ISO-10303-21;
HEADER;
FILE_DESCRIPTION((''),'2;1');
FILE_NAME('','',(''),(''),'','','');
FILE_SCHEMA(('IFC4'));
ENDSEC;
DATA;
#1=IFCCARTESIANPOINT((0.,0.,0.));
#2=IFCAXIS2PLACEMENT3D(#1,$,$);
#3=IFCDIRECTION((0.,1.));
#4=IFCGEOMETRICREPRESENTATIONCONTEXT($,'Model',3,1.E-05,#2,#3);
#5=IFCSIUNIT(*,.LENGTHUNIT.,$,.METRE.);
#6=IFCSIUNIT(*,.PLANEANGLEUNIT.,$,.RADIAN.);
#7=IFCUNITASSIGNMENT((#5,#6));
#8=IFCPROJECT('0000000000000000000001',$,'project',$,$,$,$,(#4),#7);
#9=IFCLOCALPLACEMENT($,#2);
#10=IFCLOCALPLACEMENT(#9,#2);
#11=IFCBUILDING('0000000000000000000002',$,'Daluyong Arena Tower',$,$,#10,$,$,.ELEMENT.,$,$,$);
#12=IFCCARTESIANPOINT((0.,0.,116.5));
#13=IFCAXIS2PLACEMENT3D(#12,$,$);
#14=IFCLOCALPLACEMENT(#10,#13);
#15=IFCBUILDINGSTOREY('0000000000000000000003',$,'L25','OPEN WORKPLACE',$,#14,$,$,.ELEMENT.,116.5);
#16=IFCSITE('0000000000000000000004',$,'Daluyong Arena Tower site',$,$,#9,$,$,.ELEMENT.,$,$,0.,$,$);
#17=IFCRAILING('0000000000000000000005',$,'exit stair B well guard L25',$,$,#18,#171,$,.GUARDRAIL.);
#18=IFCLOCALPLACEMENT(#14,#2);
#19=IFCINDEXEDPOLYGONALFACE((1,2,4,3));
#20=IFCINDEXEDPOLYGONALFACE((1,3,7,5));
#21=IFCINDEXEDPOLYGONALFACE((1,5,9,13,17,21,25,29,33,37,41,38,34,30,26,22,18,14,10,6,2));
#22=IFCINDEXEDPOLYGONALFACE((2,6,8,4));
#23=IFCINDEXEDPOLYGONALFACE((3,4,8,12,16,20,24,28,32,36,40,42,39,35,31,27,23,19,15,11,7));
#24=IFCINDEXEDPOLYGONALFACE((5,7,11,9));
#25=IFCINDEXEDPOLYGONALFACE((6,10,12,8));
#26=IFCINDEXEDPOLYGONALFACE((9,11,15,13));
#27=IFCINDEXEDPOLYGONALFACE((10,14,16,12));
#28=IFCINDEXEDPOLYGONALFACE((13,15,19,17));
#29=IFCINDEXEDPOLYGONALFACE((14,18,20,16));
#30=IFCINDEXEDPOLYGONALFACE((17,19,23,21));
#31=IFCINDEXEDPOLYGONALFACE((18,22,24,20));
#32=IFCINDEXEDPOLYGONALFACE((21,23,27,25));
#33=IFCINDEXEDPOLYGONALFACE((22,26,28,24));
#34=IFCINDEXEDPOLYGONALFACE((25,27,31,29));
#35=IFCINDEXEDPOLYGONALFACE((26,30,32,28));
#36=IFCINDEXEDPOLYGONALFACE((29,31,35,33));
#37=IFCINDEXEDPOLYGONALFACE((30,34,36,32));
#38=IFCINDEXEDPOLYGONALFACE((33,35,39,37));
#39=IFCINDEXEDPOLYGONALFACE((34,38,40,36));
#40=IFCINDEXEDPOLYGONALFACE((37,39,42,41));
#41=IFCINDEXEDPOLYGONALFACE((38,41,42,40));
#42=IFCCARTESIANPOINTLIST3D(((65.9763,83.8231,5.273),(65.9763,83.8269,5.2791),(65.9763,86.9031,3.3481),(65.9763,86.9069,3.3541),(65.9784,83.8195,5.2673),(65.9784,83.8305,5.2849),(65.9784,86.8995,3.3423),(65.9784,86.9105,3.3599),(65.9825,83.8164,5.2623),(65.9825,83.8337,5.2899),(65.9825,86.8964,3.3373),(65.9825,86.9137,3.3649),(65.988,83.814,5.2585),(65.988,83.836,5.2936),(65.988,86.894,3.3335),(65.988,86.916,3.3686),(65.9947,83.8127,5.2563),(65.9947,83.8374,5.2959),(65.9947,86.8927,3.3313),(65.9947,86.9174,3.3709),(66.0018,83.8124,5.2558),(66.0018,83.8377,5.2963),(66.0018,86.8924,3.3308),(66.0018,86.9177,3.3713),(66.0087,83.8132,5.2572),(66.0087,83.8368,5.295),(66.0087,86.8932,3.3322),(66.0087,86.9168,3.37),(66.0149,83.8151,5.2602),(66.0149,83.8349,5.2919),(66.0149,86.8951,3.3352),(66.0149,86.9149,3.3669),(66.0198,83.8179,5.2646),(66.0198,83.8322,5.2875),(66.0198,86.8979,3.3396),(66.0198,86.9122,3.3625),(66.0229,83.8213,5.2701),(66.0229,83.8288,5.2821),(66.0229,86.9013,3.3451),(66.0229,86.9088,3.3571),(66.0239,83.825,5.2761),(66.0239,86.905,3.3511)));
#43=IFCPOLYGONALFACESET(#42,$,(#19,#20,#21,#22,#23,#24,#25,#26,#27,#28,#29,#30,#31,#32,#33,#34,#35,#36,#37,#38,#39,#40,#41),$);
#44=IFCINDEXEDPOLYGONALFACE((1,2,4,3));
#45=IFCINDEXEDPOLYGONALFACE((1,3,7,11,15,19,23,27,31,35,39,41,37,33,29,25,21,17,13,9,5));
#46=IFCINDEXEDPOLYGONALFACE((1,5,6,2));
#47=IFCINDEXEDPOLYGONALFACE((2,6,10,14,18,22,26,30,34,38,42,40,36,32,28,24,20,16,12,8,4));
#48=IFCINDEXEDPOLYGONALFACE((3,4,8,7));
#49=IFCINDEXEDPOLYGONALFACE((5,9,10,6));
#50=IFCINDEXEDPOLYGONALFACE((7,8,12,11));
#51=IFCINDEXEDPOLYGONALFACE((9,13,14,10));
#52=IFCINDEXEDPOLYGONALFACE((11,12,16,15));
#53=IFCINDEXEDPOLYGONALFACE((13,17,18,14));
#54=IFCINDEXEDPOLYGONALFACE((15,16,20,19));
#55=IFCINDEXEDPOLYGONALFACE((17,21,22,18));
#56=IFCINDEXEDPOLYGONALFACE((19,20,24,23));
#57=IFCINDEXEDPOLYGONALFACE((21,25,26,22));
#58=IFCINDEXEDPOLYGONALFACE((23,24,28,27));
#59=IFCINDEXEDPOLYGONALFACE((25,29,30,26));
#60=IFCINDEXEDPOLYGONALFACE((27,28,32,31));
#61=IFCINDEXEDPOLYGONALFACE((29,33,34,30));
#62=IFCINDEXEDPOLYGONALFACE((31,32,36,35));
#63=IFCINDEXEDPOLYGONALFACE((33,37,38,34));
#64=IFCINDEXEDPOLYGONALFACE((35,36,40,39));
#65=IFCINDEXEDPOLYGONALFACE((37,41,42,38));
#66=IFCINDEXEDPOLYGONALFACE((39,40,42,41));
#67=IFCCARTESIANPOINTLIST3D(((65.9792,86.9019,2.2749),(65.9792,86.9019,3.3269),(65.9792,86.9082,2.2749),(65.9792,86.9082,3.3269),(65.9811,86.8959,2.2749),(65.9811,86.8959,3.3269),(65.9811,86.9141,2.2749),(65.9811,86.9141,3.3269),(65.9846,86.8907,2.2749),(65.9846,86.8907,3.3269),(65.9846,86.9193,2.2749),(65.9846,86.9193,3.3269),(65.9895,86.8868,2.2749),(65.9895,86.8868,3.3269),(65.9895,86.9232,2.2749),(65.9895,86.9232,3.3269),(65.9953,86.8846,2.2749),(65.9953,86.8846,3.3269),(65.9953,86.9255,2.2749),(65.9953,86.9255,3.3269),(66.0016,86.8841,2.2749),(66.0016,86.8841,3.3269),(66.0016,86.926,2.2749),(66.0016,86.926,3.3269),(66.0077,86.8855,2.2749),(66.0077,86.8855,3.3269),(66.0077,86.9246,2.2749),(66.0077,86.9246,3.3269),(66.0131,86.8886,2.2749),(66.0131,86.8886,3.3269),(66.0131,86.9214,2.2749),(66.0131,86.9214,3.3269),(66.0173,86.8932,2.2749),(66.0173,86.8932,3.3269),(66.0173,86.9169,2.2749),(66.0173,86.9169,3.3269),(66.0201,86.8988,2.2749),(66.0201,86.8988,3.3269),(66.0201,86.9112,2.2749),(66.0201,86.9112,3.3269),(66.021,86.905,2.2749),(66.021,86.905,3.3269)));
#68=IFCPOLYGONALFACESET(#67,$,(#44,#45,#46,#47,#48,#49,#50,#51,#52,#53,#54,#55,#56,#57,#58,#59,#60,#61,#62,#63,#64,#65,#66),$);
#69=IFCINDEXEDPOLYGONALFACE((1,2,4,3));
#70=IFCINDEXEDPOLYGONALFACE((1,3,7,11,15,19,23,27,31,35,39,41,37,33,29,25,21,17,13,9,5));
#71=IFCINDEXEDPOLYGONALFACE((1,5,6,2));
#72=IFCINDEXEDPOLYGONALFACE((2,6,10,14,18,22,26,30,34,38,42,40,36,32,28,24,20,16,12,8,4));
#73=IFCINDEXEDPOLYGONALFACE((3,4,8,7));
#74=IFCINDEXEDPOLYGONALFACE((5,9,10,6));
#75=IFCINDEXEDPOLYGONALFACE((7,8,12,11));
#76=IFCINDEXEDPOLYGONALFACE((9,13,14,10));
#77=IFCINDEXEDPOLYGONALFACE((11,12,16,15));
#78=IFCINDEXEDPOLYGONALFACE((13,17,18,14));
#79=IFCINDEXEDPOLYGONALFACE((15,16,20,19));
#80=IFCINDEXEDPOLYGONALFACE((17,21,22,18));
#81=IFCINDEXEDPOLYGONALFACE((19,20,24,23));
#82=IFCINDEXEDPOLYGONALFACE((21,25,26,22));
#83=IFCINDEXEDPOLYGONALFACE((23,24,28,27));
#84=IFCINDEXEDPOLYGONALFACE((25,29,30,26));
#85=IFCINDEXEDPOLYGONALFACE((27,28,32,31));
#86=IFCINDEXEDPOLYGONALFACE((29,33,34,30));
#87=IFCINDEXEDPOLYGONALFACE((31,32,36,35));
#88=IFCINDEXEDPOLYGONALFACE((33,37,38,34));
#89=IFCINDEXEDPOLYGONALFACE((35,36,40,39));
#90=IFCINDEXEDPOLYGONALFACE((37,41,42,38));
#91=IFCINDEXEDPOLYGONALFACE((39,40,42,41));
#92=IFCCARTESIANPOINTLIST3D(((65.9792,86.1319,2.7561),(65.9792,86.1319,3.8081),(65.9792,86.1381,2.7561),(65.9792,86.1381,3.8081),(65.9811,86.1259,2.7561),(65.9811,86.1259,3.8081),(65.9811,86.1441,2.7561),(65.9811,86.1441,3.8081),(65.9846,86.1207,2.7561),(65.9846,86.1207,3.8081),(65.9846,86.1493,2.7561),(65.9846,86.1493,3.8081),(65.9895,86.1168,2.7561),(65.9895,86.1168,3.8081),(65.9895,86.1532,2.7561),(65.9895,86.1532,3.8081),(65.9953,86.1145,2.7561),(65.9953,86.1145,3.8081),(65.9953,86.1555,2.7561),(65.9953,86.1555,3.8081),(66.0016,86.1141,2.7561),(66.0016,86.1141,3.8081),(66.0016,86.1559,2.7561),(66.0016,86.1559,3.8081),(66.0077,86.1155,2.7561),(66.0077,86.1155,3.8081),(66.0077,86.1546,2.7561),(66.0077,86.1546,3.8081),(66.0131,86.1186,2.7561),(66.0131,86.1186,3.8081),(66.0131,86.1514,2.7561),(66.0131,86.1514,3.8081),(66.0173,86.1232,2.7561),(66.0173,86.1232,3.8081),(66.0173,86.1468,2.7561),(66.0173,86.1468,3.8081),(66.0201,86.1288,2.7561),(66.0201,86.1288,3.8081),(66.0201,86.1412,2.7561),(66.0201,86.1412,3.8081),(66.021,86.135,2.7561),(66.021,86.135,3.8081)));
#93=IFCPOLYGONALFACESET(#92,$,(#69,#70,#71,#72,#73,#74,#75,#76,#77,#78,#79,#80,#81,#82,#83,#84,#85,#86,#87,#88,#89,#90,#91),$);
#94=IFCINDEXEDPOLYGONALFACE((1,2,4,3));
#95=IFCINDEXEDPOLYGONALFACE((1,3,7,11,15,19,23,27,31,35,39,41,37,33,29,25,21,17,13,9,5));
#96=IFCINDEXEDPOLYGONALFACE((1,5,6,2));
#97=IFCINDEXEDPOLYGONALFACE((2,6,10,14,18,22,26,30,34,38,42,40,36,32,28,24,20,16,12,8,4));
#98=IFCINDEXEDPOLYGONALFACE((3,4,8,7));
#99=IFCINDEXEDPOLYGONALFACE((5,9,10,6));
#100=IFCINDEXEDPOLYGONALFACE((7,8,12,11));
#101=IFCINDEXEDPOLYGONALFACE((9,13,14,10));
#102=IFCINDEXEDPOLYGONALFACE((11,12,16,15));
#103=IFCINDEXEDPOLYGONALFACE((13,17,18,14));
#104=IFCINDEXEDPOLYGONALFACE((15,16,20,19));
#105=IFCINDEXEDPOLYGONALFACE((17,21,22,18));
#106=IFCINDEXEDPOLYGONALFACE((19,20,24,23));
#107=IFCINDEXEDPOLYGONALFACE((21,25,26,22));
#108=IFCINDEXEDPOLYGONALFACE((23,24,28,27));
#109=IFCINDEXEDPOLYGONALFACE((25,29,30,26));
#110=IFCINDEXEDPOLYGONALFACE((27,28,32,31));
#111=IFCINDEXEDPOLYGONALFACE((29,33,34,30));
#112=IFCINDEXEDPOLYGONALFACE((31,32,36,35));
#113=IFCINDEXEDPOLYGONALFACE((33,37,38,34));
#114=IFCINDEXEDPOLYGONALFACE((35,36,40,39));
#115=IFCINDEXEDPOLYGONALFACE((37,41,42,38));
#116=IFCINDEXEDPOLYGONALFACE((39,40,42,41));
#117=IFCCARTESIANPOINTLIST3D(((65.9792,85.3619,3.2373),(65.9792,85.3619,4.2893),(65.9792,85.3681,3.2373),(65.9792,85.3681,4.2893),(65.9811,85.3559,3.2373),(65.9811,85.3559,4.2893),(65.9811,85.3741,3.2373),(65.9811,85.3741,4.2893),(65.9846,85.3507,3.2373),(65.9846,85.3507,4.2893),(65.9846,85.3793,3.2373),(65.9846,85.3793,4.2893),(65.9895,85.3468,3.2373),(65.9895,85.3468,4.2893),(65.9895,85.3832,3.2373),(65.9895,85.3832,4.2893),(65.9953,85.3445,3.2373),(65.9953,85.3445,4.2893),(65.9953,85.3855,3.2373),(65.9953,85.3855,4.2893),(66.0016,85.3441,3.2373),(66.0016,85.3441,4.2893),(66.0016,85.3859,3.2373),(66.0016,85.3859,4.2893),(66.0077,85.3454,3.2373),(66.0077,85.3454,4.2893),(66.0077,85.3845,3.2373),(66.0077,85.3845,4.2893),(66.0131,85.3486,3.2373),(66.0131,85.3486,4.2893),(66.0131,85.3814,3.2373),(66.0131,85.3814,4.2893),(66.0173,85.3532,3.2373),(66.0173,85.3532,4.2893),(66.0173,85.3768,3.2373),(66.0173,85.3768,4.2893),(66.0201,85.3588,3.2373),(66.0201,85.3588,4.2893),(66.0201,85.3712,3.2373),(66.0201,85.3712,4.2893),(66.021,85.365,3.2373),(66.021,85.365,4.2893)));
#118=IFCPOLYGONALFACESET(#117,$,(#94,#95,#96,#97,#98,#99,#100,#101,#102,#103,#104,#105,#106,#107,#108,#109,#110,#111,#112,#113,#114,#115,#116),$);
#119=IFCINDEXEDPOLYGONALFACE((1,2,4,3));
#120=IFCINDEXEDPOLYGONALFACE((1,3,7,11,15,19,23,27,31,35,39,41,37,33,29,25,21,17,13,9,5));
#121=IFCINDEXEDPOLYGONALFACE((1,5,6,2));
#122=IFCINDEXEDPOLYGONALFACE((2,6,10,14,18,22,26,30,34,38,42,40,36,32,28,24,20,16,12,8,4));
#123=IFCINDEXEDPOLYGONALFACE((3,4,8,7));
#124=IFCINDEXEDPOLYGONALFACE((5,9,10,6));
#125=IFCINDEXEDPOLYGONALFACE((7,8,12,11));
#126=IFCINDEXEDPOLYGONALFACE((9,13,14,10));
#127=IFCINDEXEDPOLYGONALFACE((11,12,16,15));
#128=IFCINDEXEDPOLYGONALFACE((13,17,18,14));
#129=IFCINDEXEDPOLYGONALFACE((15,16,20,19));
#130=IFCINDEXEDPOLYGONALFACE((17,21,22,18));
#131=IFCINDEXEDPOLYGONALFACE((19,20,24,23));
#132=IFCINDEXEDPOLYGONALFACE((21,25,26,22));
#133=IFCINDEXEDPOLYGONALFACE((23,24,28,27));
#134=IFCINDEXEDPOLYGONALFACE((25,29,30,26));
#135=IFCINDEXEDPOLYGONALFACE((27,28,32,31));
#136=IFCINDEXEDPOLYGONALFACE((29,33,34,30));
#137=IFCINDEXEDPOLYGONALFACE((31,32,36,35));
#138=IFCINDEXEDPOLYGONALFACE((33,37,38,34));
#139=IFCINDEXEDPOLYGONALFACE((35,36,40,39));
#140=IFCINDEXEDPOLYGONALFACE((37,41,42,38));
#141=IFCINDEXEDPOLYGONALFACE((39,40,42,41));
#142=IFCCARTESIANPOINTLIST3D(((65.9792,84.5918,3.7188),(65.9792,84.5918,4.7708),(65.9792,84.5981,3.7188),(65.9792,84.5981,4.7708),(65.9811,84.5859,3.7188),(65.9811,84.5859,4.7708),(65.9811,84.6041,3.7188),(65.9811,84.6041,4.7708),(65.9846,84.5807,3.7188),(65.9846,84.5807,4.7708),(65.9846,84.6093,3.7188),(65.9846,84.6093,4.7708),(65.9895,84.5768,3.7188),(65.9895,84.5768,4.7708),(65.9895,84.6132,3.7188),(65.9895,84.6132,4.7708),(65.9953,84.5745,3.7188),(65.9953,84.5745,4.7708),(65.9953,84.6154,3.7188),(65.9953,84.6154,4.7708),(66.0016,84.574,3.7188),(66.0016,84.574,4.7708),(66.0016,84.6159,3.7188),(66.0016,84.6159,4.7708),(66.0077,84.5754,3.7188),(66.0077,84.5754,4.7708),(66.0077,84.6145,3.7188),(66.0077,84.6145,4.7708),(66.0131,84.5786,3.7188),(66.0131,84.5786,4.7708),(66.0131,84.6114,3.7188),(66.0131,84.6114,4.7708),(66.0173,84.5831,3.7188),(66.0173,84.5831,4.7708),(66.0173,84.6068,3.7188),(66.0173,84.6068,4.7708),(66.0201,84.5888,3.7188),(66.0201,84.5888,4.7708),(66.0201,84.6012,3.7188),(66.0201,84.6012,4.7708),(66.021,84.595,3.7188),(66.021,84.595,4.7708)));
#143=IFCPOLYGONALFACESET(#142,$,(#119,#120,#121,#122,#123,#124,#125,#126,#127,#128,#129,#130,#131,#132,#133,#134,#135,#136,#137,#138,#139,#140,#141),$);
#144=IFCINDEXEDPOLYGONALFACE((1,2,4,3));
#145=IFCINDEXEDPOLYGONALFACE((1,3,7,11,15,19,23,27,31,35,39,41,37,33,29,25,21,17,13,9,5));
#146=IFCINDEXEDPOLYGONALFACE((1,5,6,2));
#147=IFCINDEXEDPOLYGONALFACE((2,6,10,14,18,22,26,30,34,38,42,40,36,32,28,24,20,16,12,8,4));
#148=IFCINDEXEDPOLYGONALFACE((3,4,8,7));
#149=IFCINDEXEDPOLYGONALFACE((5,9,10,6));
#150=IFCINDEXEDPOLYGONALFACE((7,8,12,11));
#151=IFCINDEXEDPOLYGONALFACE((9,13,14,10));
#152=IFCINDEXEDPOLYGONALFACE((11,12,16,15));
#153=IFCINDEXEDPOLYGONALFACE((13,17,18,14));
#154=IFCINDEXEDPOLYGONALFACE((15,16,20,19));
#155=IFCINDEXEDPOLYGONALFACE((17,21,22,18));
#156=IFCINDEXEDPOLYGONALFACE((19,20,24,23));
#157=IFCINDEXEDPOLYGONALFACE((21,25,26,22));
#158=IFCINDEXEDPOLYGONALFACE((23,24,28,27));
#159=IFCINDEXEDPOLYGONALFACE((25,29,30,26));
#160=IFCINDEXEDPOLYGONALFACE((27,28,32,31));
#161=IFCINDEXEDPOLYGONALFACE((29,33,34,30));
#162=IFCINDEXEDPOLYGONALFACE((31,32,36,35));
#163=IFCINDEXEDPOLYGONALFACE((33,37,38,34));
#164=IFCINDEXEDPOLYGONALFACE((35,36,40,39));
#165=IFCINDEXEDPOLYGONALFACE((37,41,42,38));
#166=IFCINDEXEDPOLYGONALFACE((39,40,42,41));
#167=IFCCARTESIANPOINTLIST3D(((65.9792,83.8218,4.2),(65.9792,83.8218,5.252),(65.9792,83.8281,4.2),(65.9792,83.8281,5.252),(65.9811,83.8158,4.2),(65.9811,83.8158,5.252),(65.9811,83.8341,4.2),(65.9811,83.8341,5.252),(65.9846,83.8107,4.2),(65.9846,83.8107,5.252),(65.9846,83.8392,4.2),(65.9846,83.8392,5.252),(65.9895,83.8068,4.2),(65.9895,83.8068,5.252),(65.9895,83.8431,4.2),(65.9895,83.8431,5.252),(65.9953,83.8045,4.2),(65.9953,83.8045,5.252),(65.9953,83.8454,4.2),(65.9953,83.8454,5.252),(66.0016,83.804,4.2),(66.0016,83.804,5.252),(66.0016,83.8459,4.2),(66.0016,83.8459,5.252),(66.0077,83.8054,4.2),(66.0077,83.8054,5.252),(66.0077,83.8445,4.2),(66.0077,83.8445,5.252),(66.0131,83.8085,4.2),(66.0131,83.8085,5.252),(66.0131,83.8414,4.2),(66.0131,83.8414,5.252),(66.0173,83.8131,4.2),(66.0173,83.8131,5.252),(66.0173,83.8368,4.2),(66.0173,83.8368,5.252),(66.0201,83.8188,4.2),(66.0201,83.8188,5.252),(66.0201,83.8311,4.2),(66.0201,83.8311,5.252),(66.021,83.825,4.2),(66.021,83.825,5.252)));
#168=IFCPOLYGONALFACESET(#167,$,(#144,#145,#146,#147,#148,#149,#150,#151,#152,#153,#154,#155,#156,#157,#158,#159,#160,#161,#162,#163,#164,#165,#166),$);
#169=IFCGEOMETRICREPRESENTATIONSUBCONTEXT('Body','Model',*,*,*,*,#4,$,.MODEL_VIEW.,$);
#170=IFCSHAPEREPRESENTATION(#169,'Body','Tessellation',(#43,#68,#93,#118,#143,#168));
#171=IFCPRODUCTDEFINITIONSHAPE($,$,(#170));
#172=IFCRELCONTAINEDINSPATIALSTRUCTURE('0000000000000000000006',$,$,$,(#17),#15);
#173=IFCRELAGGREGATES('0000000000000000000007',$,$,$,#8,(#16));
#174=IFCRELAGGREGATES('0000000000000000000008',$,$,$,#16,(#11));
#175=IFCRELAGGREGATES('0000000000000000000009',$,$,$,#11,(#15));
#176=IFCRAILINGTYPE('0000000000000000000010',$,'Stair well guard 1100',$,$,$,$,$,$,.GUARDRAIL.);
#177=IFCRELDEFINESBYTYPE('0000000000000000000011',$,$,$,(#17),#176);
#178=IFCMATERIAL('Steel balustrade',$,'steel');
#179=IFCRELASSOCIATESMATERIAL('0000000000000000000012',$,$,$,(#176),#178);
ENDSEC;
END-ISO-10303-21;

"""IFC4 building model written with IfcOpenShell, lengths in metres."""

from ifc_helpers import new_model, si_unit, direction, frame, origin, origin_2d, place, context, subcontext, project, spatial, circle, extrude, material, type_object, element, save


model = new_model("IFC4")

# Units and contexts
model_context = context("Model", 3, precision=1e-05, world=origin(), true_north=direction((0.0, 1.0)))
body_context = subcontext(model_context, "Body", "Model", "MODEL_VIEW")
ifc_project = project(units=[si_unit("LENGTHUNIT", "METRE"), si_unit("PLANEANGLEUNIT", "RADIAN")], contexts=[model_context])

# Site, building, storey
site_placement = place(None, origin())
site = spatial("IfcSite", under=ifc_project, at=site_placement, Name="Daluyong Arena Tower site", CompositionType="ELEMENT", RefElevation=0.0)
building_placement = place(site_placement, origin())
building = spatial("IfcBuilding", under=site, at=building_placement, Name="Daluyong Arena Tower", CompositionType="ELEMENT")
storey_placement = place(building_placement, frame((0.0, 0.0, 116.5)))
storey = spatial("IfcBuildingStorey", under=building, at=storey_placement, Name="L25", Description="OPEN WORKPLACE", CompositionType="ELEMENT", Elevation=116.5)

# Railing
ifc_material_1 = material(Name="Steel balustrade", Category="steel")
railing_type_1 = type_object("IfcRailingType", Name="Stair well guard 1100", PredefinedType="GUARDRAIL", material=ifc_material_1)
railing_1_placement = place(storey_placement, frame((66.0, 86.905, 2.2749)))
element("IfcRailing", 1, at=railing_1_placement, inside=storey, type_object=railing_type_1, Name="exit stair B well guard L25", PredefinedType="GUARDRAIL", context=body_context, shape_type="SweptSolid", body=[
    extrude(circle(Radius=0.0239, at=origin_2d()), frame((0.0, 0.0, 1.0762), z_axis=(0.0, -0.847998, 0.529999), x_axis=(1.0, 0.0, 0.0)), (0.0, 0.0, 1.0), 3.6321),
    extrude(circle(Radius=0.021, at=origin_2d()), origin(), (0.0, 0.0, 1.0), 1.052),
    extrude(circle(Radius=0.021, at=origin_2d()), frame((0.0, -0.77, 0.4812)), (0.0, 0.0, 1.0), 1.052),
    extrude(circle(Radius=0.021, at=origin_2d()), frame((0.0, -1.54, 0.9624)), (0.0, 0.0, 1.0), 1.052),
    extrude(circle(Radius=0.021, at=origin_2d()), frame((0.0, -2.3101, 1.4438)), (0.0, 0.0, 1.0), 1.052),
    extrude(circle(Radius=0.021, at=origin_2d()), frame((0.0, -3.0801, 1.925)), (0.0, 0.0, 1.0), 1.052),
])

save(model, "model.ifc")
